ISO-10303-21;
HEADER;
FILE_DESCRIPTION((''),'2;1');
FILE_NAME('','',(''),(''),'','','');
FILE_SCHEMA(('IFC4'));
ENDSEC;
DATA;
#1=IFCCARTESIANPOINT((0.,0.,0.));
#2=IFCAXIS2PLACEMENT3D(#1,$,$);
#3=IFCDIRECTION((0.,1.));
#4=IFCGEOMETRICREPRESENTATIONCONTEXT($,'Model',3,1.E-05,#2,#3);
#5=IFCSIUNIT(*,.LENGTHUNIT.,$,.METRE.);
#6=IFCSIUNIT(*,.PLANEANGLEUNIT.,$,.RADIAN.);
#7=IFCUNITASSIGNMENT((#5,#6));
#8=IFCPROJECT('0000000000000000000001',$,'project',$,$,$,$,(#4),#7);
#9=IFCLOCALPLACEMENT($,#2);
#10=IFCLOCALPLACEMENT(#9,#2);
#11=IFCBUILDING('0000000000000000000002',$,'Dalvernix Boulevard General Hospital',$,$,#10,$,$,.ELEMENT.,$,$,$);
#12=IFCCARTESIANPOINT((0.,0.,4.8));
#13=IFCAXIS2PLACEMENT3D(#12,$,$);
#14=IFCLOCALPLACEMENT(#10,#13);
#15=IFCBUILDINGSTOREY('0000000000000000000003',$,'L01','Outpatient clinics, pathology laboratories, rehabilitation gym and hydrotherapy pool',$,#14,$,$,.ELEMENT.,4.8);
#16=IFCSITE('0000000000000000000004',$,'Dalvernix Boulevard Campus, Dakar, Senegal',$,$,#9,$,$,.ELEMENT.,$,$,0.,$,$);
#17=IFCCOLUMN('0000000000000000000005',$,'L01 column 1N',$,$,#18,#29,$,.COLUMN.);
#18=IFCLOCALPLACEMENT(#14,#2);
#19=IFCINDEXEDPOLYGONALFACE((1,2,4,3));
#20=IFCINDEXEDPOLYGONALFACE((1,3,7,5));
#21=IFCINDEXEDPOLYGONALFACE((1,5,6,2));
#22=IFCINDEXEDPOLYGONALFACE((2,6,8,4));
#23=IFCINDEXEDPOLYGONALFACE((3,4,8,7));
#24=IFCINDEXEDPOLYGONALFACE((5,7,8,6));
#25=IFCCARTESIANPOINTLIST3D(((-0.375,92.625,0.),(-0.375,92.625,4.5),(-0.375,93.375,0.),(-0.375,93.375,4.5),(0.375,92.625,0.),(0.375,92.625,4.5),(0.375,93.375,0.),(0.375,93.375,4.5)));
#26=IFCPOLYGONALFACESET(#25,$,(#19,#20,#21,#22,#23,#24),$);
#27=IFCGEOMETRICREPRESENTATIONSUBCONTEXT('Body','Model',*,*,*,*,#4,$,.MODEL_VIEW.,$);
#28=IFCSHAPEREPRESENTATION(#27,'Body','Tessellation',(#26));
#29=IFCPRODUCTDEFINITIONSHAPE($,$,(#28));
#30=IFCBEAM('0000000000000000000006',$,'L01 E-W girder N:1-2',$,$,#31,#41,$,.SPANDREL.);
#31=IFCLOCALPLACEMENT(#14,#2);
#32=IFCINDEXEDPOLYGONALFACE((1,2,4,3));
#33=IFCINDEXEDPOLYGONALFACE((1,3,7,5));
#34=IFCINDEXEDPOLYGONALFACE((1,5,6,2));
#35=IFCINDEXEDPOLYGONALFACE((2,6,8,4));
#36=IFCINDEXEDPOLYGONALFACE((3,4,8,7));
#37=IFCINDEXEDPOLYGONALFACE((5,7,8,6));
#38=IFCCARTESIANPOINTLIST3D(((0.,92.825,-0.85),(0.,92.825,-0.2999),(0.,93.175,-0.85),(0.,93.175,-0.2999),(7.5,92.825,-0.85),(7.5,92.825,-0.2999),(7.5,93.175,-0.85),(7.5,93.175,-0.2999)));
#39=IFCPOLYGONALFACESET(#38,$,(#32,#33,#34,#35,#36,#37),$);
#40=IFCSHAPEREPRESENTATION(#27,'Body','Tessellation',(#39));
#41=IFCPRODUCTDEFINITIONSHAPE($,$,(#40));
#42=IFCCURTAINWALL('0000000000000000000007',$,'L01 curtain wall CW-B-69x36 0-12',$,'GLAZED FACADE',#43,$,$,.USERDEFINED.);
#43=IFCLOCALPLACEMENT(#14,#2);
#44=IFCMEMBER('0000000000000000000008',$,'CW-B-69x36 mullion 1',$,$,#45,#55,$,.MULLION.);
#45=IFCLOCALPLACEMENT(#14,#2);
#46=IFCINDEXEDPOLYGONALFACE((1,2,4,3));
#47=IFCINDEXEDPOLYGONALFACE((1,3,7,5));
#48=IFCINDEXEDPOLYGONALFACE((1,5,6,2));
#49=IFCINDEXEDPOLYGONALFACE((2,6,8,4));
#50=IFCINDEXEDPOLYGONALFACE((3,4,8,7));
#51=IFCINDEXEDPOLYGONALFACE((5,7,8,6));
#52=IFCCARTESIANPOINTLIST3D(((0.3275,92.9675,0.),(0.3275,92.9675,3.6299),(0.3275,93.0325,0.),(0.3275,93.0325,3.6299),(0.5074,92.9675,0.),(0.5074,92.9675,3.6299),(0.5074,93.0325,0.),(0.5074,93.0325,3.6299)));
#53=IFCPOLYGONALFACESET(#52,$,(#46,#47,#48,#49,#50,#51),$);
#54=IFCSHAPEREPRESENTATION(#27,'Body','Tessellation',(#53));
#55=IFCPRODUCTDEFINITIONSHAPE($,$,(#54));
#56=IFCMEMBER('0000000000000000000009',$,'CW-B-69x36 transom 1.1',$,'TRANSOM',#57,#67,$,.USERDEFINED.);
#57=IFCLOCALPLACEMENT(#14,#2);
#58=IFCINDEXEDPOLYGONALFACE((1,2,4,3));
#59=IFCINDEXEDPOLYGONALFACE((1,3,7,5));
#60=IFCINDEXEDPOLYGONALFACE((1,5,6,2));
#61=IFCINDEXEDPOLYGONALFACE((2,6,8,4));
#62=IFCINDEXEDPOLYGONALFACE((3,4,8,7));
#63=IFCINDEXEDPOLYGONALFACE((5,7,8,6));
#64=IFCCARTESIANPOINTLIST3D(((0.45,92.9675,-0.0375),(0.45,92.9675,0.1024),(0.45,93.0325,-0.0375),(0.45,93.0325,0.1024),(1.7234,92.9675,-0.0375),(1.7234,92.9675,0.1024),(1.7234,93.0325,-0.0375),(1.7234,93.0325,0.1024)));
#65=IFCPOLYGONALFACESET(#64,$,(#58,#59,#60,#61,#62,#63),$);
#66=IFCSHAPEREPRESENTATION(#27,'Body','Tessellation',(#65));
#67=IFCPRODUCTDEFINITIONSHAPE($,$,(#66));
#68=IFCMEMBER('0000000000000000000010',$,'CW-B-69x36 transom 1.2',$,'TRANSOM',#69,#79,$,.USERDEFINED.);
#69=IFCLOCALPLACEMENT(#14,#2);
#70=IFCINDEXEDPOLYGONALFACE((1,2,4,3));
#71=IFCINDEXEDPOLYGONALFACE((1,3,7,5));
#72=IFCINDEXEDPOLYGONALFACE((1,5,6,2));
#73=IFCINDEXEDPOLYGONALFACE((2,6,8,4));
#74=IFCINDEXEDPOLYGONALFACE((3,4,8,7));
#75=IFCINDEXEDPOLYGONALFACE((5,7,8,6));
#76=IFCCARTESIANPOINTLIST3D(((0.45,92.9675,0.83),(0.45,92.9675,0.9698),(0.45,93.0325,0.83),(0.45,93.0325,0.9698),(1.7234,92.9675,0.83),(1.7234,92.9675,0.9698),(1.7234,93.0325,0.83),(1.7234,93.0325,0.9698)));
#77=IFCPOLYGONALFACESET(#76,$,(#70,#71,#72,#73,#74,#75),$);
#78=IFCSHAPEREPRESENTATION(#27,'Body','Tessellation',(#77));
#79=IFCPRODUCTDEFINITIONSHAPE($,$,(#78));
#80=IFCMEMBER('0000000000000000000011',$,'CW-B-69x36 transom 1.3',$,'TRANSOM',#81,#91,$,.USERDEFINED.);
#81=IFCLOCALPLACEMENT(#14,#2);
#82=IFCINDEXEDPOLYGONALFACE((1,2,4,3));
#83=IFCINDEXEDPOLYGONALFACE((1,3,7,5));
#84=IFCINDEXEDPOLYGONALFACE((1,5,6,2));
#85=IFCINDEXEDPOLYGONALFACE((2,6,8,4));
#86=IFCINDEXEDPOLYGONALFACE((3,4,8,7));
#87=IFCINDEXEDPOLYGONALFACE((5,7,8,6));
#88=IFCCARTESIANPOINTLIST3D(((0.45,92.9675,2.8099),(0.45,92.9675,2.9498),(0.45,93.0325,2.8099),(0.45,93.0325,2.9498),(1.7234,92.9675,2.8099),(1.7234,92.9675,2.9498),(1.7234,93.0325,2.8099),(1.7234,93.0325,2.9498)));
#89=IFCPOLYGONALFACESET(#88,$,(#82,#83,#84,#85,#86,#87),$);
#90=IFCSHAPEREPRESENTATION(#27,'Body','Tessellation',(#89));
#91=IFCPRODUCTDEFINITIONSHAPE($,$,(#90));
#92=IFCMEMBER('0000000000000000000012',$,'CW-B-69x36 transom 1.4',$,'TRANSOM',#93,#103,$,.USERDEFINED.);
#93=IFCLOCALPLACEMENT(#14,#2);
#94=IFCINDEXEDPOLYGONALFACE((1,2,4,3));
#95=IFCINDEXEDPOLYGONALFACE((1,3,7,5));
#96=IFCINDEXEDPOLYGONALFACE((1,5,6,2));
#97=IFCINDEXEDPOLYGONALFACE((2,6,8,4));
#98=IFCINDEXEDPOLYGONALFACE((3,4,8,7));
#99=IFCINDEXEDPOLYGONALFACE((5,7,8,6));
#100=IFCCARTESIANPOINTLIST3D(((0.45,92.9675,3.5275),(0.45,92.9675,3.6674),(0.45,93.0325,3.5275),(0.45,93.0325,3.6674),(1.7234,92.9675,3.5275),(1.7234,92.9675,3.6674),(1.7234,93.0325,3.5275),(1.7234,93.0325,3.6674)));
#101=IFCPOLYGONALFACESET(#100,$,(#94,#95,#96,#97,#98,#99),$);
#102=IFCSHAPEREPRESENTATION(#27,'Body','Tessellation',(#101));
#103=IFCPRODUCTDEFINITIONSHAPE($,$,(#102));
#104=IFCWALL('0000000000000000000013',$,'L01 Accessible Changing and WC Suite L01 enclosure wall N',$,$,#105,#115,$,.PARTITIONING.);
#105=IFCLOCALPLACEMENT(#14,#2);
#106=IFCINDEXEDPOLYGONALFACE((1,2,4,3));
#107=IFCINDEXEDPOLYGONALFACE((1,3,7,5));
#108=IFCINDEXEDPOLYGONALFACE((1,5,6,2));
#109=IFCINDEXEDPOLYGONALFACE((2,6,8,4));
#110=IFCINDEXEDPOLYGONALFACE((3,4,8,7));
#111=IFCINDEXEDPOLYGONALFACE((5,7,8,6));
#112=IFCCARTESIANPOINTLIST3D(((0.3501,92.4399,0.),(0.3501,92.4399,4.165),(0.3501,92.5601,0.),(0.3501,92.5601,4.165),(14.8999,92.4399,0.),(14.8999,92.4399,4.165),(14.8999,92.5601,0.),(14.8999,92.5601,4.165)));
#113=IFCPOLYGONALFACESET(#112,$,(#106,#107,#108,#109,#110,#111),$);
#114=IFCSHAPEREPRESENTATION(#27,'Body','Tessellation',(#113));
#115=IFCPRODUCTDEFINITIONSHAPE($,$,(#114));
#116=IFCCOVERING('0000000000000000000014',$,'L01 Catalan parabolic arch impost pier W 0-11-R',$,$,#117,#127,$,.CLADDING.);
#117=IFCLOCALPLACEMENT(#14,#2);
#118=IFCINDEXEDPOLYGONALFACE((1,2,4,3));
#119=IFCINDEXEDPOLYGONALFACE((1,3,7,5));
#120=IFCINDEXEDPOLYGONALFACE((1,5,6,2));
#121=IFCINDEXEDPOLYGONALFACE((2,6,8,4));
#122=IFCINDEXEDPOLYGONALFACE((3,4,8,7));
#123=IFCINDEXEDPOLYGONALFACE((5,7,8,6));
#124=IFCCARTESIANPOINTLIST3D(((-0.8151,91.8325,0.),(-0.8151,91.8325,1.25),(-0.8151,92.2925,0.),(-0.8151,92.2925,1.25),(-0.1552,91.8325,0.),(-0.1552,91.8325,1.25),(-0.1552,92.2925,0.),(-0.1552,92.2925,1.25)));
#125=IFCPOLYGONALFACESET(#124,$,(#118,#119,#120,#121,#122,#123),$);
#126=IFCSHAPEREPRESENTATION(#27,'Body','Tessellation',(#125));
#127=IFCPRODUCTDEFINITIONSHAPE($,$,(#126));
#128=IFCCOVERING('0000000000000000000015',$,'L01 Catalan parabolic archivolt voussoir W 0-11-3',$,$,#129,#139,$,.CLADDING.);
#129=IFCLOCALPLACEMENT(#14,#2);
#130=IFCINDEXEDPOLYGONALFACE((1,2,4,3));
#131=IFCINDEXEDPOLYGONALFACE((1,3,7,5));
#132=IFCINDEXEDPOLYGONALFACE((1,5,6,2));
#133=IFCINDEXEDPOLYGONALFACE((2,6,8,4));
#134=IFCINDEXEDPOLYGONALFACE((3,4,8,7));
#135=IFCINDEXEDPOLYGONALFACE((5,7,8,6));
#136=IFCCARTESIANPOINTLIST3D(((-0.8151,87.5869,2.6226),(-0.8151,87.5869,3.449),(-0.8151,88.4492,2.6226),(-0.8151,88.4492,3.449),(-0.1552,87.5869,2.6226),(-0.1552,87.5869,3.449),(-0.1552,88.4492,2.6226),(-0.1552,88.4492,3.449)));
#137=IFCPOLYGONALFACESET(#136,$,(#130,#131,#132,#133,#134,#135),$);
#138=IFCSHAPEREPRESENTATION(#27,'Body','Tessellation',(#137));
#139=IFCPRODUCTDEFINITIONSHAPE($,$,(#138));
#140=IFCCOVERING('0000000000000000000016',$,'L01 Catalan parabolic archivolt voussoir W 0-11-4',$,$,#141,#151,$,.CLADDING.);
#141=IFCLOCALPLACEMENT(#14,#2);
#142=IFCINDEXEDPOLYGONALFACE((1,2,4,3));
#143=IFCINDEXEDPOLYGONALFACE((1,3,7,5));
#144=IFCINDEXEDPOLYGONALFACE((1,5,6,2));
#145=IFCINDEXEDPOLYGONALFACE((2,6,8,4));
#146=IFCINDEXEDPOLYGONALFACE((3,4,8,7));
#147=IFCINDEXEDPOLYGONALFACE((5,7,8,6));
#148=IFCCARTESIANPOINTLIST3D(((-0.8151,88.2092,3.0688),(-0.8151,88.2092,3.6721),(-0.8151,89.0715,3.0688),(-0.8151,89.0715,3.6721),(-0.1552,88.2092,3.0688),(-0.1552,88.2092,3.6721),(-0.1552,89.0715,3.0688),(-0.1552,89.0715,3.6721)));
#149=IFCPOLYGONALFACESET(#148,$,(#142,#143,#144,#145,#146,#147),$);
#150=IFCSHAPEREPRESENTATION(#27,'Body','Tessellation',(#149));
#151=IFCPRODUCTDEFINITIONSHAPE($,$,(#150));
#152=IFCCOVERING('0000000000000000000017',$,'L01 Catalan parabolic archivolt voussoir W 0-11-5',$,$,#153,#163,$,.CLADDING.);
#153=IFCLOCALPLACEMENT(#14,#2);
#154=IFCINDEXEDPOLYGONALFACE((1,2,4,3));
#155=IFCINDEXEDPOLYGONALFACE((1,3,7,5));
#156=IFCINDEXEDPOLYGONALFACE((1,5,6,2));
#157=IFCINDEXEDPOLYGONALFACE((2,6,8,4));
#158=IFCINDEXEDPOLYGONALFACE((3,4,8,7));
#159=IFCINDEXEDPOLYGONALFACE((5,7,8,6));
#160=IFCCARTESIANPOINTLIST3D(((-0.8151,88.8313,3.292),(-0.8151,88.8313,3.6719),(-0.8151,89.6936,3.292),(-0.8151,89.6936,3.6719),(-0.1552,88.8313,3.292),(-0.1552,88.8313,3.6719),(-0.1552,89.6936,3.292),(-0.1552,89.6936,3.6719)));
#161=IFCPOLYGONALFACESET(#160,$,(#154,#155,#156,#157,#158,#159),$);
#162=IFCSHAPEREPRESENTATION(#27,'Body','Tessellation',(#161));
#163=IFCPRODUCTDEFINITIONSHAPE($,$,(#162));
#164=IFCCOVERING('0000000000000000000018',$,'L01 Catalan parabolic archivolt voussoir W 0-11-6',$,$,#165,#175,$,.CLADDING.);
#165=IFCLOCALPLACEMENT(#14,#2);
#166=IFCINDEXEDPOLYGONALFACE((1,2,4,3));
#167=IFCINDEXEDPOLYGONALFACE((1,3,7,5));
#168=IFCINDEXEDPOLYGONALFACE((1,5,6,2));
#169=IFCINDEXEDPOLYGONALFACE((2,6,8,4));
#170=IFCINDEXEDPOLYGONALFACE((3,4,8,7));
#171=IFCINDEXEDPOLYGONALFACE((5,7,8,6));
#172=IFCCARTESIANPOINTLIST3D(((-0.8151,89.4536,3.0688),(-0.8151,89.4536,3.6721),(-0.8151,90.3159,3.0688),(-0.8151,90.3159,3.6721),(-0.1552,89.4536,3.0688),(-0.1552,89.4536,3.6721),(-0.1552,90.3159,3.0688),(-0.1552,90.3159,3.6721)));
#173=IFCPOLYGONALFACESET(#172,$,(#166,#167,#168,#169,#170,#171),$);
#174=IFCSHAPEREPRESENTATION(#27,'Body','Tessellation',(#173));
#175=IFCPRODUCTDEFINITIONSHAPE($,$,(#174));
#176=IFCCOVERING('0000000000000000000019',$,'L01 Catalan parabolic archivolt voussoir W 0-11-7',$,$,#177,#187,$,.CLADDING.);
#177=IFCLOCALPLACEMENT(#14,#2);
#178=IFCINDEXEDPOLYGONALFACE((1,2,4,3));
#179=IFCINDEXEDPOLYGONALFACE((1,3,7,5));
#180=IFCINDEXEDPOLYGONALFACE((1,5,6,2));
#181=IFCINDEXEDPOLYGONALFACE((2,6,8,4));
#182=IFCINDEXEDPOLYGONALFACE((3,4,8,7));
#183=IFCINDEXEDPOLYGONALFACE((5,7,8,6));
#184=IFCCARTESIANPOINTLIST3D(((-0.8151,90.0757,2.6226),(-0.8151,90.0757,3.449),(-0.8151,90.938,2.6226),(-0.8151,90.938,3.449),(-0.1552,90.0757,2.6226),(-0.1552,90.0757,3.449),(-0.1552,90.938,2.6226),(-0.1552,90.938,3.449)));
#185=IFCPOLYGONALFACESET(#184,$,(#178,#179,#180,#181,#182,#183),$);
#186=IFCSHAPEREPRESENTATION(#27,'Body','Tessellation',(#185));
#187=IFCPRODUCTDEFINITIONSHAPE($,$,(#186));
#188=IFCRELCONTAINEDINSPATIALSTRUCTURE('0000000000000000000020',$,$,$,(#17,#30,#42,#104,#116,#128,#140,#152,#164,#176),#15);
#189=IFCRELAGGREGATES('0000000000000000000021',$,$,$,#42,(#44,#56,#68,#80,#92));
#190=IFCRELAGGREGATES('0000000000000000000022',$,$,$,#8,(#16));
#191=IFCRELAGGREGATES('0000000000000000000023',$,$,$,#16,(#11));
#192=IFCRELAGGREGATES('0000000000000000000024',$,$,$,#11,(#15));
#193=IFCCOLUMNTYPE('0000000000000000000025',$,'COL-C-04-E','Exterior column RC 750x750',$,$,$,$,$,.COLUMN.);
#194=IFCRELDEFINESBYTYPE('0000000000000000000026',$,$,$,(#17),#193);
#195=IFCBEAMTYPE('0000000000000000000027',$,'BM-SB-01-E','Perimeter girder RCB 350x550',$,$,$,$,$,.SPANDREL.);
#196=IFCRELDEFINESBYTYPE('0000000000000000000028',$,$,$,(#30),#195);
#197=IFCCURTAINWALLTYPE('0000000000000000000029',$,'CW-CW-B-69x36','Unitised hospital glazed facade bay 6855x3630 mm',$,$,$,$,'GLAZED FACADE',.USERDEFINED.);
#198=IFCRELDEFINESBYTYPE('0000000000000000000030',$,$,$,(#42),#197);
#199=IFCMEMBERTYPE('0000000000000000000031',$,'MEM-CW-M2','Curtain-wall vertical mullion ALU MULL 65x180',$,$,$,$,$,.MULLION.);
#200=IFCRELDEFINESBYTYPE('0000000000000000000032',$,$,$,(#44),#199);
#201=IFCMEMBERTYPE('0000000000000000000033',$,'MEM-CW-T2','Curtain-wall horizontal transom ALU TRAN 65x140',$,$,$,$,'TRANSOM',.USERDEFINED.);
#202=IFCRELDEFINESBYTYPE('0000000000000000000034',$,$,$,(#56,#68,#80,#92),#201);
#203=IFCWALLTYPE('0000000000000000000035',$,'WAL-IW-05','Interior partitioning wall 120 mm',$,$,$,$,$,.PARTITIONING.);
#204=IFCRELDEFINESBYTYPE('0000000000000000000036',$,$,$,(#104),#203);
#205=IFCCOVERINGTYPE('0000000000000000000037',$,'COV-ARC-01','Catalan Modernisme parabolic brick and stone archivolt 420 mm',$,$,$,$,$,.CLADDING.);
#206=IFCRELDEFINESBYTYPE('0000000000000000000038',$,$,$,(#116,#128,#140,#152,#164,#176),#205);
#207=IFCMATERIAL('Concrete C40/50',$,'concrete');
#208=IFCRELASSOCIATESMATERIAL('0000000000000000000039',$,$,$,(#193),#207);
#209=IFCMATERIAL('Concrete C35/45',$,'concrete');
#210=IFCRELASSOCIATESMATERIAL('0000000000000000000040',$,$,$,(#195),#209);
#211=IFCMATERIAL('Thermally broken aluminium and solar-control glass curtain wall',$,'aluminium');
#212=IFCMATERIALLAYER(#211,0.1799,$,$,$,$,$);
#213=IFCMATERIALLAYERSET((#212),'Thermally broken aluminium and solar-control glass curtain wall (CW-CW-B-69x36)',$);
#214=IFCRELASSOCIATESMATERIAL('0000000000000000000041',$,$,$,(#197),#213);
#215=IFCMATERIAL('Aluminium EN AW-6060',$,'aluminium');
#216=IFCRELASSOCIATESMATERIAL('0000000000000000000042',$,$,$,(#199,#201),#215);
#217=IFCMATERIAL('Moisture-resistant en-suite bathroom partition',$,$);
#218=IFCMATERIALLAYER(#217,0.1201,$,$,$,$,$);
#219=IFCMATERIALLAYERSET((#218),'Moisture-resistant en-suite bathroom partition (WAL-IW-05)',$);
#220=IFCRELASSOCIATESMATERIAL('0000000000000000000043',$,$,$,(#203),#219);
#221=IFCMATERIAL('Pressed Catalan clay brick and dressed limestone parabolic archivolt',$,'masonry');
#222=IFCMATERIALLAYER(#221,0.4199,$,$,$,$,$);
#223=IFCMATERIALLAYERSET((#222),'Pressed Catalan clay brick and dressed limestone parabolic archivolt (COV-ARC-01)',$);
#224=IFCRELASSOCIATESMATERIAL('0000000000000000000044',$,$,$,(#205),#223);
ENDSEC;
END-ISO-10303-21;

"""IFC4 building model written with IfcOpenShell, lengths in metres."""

from ifc_helpers import new_model, si_unit, direction, frame, frame_2d, origin, origin_2d, place, context, subcontext, project, spatial, rectangle, extrude, material, layer, layer_set, material_profile, profile_set, type_object, element, aggregate, save


model = new_model("IFC4")

# Units and contexts
model_context = context("Model", 3, precision=1e-05, world=origin(), true_north=direction((0.0, 1.0)))
body_context = subcontext(model_context, "Body", "Model", "MODEL_VIEW")
ifc_project = project(units=[si_unit("LENGTHUNIT", "METRE"), si_unit("PLANEANGLEUNIT", "RADIAN")], contexts=[model_context])

# Site, building, storey
site_placement = place(None, origin())
site = spatial("IfcSite", under=ifc_project, at=site_placement, Name="Dalvernix Boulevard Campus, Dakar, Senegal", CompositionType="ELEMENT", RefElevation=0.0)
building_placement = place(site_placement, origin())
building = spatial("IfcBuilding", under=site, at=building_placement, Name="Dalvernix Boulevard General Hospital", CompositionType="ELEMENT")
storey_placement = place(building_placement, frame((0.0, 0.0, 4.8)))
storey = spatial("IfcBuildingStorey", under=building, at=storey_placement, Name="L01", Description="Outpatient clinics, pathology laboratories, rehabilitation gym and hydrotherapy pool", CompositionType="ELEMENT", Elevation=4.8)

# Column
ifc_material_1 = material(Name="Concrete C40/50", Category="concrete")
ifc_material_profile_1 = material_profile(ifc_material_1, rectangle(XDim=0.75, YDim=0.75, at=origin_2d()), Name="RC 750x750")
ifc_profile_set_1 = profile_set([ifc_material_profile_1], Name="Concrete C40/50")
column_type = type_object("IfcColumnType", Name="COL-C-04-E", Description="Exterior column RC 750x750", PredefinedType="COLUMN", material=ifc_profile_set_1)
column_placement = place(storey_placement, frame((0.0, 93.0, 0.0), z_axis=(0.0, 0.0, 1.0), x_axis=(1.0, 0.0, 0.0)))
element("IfcColumn", 1, at=column_placement, inside=storey, type_object=column_type, Name="L01 column 1N", PredefinedType="COLUMN", context=body_context, shape_type="SweptSolid", body=[
    extrude(rectangle(XDim=0.75, YDim=0.75, at=origin_2d()), origin(), (0.0, 0.0, 1.0), 4.5),
])

# Beam
ifc_material_2 = material(Name="Concrete C35/45", Category="concrete")
ifc_material_profile_2 = material_profile(ifc_material_2, rectangle(XDim=0.3501, YDim=0.55, at=origin_2d()), Name="RCB 350x550")
ifc_profile_set_2 = profile_set([ifc_material_profile_2], Name="Concrete C35/45")
beam_type = type_object("IfcBeamType", Name="BM-SB-01-E", Description="Perimeter girder RCB 350x550", PredefinedType="SPANDREL", material=ifc_profile_set_2)
beam_placement = place(storey_placement, frame((0.0, 93.0, -0.575), z_axis=(1.0, 0.0, 0.0), x_axis=(0.0, 1.0, 0.0)))
element("IfcBeam", 2, at=beam_placement, inside=storey, type_object=beam_type, Name="L01 E-W girder N:1-2", PredefinedType="SPANDREL", context=body_context, shape_type="SweptSolid", body=[
    extrude(rectangle(XDim=0.3501, YDim=0.55, at=origin_2d()), origin(), (0.0, 0.0, 1.0), 7.5),
])

# Curtain wall, members
ifc_material_3 = material(Name="Thermally broken aluminium and solar-control glass curtain wall", Category="aluminium")
ifc_layer_1 = layer(ifc_material_3, 0.1799)
ifc_layer_set_1 = layer_set([ifc_layer_1], Name="Thermally broken aluminium and solar-control glass curtain wall (CW-CW-B-69x36)")
curtain_wall_type = type_object("IfcCurtainWallType", Name="CW-CW-B-69x36", Description="Unitised hospital glazed facade bay 6855x3630 mm", ElementType="GLAZED FACADE", PredefinedType="USERDEFINED", material=ifc_layer_set_1)
curtain_wall_placement = place(storey_placement, origin())
curtain_wall = element("IfcCurtainWall", 3, at=curtain_wall_placement, inside=storey, type_object=curtain_wall_type, Name="L01 curtain wall CW-B-69x36 0-12", ObjectType="GLAZED FACADE", PredefinedType="USERDEFINED")
ifc_material_4 = material(Name="Aluminium EN AW-6060", Category="aluminium")
ifc_material_profile_3 = material_profile(ifc_material_4, rectangle(XDim=0.0649, YDim=0.1799, at=origin_2d()), Name="ALU MULL 65x180")
ifc_profile_set_3 = profile_set([ifc_material_profile_3], Name="Aluminium EN AW-6060")
member_type_1 = type_object("IfcMemberType", Name="MEM-CW-M2", Description="Curtain-wall vertical mullion ALU MULL 65x180", PredefinedType="MULLION", material=ifc_profile_set_3)
member_1_placement = place(storey_placement, frame((0.4175, 93.0, 0.0), z_axis=(0.0, 0.0, 1.0), x_axis=(0.0, 1.0, 0.0)))
member_1 = element("IfcMember", 4, at=member_1_placement, type_object=member_type_1, Name="CW-B-69x36 mullion 1", PredefinedType="MULLION", context=body_context, shape_type="SweptSolid", body=[
    extrude(rectangle(XDim=0.0649, YDim=0.1799, at=origin_2d()), origin(), (0.0, 0.0, 1.0), 3.6299),
])
ifc_material_profile_4 = material_profile(ifc_material_4, rectangle(XDim=0.0649, YDim=0.1399, at=origin_2d()), Name="ALU TRAN 65x140")
ifc_profile_set_4 = profile_set([ifc_material_profile_4], Name="Aluminium EN AW-6060")
member_type_2 = type_object("IfcMemberType", Name="MEM-CW-T2", Description="Curtain-wall horizontal transom ALU TRAN 65x140", ElementType="TRANSOM", PredefinedType="USERDEFINED", material=ifc_profile_set_4)
member_2_placement = place(storey_placement, frame((0.45, 93.0, 0.0325), z_axis=(1.0, 0.0, 0.0), x_axis=(0.0, 1.0, 0.0)))
member_2 = element("IfcMember", 5, at=member_2_placement, type_object=member_type_2, Name="CW-B-69x36 transom 1.1", ObjectType="TRANSOM", PredefinedType="USERDEFINED", context=body_context, shape_type="SweptSolid", body=[
    extrude(rectangle(XDim=0.0649, YDim=0.1399, at=origin_2d()), origin(), (0.0, 0.0, 1.0), 1.2734),
])
member_3_placement = place(storey_placement, frame((0.45, 93.0, 0.8999), z_axis=(1.0, 0.0, 0.0), x_axis=(0.0, 1.0, 0.0)))
member_3 = element("IfcMember", 6, at=member_3_placement, type_object=member_type_2, Name="CW-B-69x36 transom 1.2", ObjectType="TRANSOM", PredefinedType="USERDEFINED", context=body_context, shape_type="SweptSolid", body=[
    extrude(rectangle(XDim=0.0649, YDim=0.1399, at=origin_2d()), origin(), (0.0, 0.0, 1.0), 1.2734),
])
member_4_placement = place(storey_placement, frame((0.45, 93.0, 2.8799), z_axis=(1.0, 0.0, 0.0), x_axis=(0.0, 1.0, 0.0)))
member_4 = element("IfcMember", 7, at=member_4_placement, type_object=member_type_2, Name="CW-B-69x36 transom 1.3", ObjectType="TRANSOM", PredefinedType="USERDEFINED", context=body_context, shape_type="SweptSolid", body=[
    extrude(rectangle(XDim=0.0649, YDim=0.1399, at=origin_2d()), origin(), (0.0, 0.0, 1.0), 1.2734),
])
member_5_placement = place(storey_placement, frame((0.45, 93.0, 3.5974), z_axis=(1.0, 0.0, 0.0), x_axis=(0.0, 1.0, 0.0)))
member_5 = element("IfcMember", 8, at=member_5_placement, type_object=member_type_2, Name="CW-B-69x36 transom 1.4", ObjectType="TRANSOM", PredefinedType="USERDEFINED", context=body_context, shape_type="SweptSolid", body=[
    extrude(rectangle(XDim=0.0649, YDim=0.1399, at=origin_2d()), origin(), (0.0, 0.0, 1.0), 1.2734),
])
aggregate(curtain_wall, [member_1, member_2, member_3, member_4, member_5])

# Wall
ifc_material_5 = material(Name="Moisture-resistant en-suite bathroom partition")
ifc_layer_2 = layer(ifc_material_5, 0.1201)
ifc_layer_set_2 = layer_set([ifc_layer_2], Name="Moisture-resistant en-suite bathroom partition (WAL-IW-05)")
wall_type = type_object("IfcWallType", Name="WAL-IW-05", Description="Interior partitioning wall 120 mm", PredefinedType="PARTITIONING", material=ifc_layer_set_2)
wall_placement = place(storey_placement, frame((0.3501, 92.5, 0.0), z_axis=(0.0, 0.0, 1.0), x_axis=(1.0, 0.0, 0.0)))
element("IfcWall", 9, at=wall_placement, inside=storey, type_object=wall_type, Name="L01 Accessible Changing and WC Suite L01 enclosure wall N", PredefinedType="PARTITIONING", context=body_context, shape_type="SweptSolid", body=[
    extrude(rectangle(XDim=14.5498, YDim=0.1201, at=frame_2d((7.2749, 0.0))), origin(), (0.0, 0.0, 1.0), 4.165),
])

# Coverings
ifc_material_6 = material(Name="Pressed Catalan clay brick and dressed limestone parabolic archivolt", Category="masonry")
ifc_layer_3 = layer(ifc_material_6, 0.4199)
ifc_layer_set_3 = layer_set([ifc_layer_3], Name="Pressed Catalan clay brick and dressed limestone parabolic archivolt (COV-ARC-01)")
covering_type_1 = type_object("IfcCoveringType", Name="COV-ARC-01", Description="Catalan Modernisme parabolic brick and stone archivolt 420 mm", PredefinedType="CLADDING", material=ifc_layer_set_3)
covering_1_placement = place(storey_placement, frame((-0.4851, 92.0625, 0.0), z_axis=(0.0, 0.0, 1.0), x_axis=(0.0, 1.0, 0.0)))
element("IfcCovering", 10, at=covering_1_placement, inside=storey, type_object=covering_type_1, Name="L01 Catalan parabolic arch impost pier W 0-11-R", PredefinedType="CLADDING", context=body_context, shape_type="SweptSolid", body=[
    extrude(rectangle(XDim=0.46, YDim=0.6599, at=origin_2d()), origin(), (0.0, 0.0, 1.0), 1.25),
])
covering_2_placement = place(storey_placement, frame((-0.4851, 88.0181, 2.6226), z_axis=(0.0, 0.0, 1.0), x_axis=(0.0, 1.0, 0.0)))
element("IfcCovering", 11, at=covering_2_placement, inside=storey, type_object=covering_type_1, Name="L01 Catalan parabolic archivolt voussoir W 0-11-3", PredefinedType="CLADDING", context=body_context, shape_type="SweptSolid", body=[
    extrude(rectangle(XDim=0.8623, YDim=0.6599, at=origin_2d()), origin(), (0.0, 0.0, 1.0), 0.8264),
])
covering_3_placement = place(storey_placement, frame((-0.4851, 88.6404, 3.0688), z_axis=(0.0, 0.0, 1.0), x_axis=(0.0, 1.0, 0.0)))
element("IfcCovering", 12, at=covering_3_placement, inside=storey, type_object=covering_type_1, Name="L01 Catalan parabolic archivolt voussoir W 0-11-4", PredefinedType="CLADDING", context=body_context, shape_type="SweptSolid", body=[
    extrude(rectangle(XDim=0.8623, YDim=0.6599, at=origin_2d()), origin(), (0.0, 0.0, 1.0), 0.6033),
])
covering_4_placement = place(storey_placement, frame((-0.4851, 89.2625, 3.292), z_axis=(0.0, 0.0, 1.0), x_axis=(0.0, 1.0, 0.0)))
element("IfcCovering", 13, at=covering_4_placement, inside=storey, type_object=covering_type_1, Name="L01 Catalan parabolic archivolt voussoir W 0-11-5", PredefinedType="CLADDING", context=body_context, shape_type="SweptSolid", body=[
    extrude(rectangle(XDim=0.8623, YDim=0.6599, at=origin_2d()), origin(), (0.0, 0.0, 1.0), 0.3799),
])
covering_5_placement = place(storey_placement, frame((-0.4851, 89.8848, 3.0688), z_axis=(0.0, 0.0, 1.0), x_axis=(0.0, 1.0, 0.0)))
element("IfcCovering", 14, at=covering_5_placement, inside=storey, type_object=covering_type_1, Name="L01 Catalan parabolic archivolt voussoir W 0-11-6", PredefinedType="CLADDING", context=body_context, shape_type="SweptSolid", body=[
    extrude(rectangle(XDim=0.8623, YDim=0.6599, at=origin_2d()), origin(), (0.0, 0.0, 1.0), 0.6033),
])
covering_6_placement = place(storey_placement, frame((-0.4851, 90.5068, 2.6226), z_axis=(0.0, 0.0, 1.0), x_axis=(0.0, 1.0, 0.0)))
element("IfcCovering", 15, at=covering_6_placement, inside=storey, type_object=covering_type_1, Name="L01 Catalan parabolic archivolt voussoir W 0-11-7", PredefinedType="CLADDING", context=body_context, shape_type="SweptSolid", body=[
    extrude(rectangle(XDim=0.8623, YDim=0.6599, at=origin_2d()), origin(), (0.0, 0.0, 1.0), 0.8264),
])

save(model, "model.ifc")
